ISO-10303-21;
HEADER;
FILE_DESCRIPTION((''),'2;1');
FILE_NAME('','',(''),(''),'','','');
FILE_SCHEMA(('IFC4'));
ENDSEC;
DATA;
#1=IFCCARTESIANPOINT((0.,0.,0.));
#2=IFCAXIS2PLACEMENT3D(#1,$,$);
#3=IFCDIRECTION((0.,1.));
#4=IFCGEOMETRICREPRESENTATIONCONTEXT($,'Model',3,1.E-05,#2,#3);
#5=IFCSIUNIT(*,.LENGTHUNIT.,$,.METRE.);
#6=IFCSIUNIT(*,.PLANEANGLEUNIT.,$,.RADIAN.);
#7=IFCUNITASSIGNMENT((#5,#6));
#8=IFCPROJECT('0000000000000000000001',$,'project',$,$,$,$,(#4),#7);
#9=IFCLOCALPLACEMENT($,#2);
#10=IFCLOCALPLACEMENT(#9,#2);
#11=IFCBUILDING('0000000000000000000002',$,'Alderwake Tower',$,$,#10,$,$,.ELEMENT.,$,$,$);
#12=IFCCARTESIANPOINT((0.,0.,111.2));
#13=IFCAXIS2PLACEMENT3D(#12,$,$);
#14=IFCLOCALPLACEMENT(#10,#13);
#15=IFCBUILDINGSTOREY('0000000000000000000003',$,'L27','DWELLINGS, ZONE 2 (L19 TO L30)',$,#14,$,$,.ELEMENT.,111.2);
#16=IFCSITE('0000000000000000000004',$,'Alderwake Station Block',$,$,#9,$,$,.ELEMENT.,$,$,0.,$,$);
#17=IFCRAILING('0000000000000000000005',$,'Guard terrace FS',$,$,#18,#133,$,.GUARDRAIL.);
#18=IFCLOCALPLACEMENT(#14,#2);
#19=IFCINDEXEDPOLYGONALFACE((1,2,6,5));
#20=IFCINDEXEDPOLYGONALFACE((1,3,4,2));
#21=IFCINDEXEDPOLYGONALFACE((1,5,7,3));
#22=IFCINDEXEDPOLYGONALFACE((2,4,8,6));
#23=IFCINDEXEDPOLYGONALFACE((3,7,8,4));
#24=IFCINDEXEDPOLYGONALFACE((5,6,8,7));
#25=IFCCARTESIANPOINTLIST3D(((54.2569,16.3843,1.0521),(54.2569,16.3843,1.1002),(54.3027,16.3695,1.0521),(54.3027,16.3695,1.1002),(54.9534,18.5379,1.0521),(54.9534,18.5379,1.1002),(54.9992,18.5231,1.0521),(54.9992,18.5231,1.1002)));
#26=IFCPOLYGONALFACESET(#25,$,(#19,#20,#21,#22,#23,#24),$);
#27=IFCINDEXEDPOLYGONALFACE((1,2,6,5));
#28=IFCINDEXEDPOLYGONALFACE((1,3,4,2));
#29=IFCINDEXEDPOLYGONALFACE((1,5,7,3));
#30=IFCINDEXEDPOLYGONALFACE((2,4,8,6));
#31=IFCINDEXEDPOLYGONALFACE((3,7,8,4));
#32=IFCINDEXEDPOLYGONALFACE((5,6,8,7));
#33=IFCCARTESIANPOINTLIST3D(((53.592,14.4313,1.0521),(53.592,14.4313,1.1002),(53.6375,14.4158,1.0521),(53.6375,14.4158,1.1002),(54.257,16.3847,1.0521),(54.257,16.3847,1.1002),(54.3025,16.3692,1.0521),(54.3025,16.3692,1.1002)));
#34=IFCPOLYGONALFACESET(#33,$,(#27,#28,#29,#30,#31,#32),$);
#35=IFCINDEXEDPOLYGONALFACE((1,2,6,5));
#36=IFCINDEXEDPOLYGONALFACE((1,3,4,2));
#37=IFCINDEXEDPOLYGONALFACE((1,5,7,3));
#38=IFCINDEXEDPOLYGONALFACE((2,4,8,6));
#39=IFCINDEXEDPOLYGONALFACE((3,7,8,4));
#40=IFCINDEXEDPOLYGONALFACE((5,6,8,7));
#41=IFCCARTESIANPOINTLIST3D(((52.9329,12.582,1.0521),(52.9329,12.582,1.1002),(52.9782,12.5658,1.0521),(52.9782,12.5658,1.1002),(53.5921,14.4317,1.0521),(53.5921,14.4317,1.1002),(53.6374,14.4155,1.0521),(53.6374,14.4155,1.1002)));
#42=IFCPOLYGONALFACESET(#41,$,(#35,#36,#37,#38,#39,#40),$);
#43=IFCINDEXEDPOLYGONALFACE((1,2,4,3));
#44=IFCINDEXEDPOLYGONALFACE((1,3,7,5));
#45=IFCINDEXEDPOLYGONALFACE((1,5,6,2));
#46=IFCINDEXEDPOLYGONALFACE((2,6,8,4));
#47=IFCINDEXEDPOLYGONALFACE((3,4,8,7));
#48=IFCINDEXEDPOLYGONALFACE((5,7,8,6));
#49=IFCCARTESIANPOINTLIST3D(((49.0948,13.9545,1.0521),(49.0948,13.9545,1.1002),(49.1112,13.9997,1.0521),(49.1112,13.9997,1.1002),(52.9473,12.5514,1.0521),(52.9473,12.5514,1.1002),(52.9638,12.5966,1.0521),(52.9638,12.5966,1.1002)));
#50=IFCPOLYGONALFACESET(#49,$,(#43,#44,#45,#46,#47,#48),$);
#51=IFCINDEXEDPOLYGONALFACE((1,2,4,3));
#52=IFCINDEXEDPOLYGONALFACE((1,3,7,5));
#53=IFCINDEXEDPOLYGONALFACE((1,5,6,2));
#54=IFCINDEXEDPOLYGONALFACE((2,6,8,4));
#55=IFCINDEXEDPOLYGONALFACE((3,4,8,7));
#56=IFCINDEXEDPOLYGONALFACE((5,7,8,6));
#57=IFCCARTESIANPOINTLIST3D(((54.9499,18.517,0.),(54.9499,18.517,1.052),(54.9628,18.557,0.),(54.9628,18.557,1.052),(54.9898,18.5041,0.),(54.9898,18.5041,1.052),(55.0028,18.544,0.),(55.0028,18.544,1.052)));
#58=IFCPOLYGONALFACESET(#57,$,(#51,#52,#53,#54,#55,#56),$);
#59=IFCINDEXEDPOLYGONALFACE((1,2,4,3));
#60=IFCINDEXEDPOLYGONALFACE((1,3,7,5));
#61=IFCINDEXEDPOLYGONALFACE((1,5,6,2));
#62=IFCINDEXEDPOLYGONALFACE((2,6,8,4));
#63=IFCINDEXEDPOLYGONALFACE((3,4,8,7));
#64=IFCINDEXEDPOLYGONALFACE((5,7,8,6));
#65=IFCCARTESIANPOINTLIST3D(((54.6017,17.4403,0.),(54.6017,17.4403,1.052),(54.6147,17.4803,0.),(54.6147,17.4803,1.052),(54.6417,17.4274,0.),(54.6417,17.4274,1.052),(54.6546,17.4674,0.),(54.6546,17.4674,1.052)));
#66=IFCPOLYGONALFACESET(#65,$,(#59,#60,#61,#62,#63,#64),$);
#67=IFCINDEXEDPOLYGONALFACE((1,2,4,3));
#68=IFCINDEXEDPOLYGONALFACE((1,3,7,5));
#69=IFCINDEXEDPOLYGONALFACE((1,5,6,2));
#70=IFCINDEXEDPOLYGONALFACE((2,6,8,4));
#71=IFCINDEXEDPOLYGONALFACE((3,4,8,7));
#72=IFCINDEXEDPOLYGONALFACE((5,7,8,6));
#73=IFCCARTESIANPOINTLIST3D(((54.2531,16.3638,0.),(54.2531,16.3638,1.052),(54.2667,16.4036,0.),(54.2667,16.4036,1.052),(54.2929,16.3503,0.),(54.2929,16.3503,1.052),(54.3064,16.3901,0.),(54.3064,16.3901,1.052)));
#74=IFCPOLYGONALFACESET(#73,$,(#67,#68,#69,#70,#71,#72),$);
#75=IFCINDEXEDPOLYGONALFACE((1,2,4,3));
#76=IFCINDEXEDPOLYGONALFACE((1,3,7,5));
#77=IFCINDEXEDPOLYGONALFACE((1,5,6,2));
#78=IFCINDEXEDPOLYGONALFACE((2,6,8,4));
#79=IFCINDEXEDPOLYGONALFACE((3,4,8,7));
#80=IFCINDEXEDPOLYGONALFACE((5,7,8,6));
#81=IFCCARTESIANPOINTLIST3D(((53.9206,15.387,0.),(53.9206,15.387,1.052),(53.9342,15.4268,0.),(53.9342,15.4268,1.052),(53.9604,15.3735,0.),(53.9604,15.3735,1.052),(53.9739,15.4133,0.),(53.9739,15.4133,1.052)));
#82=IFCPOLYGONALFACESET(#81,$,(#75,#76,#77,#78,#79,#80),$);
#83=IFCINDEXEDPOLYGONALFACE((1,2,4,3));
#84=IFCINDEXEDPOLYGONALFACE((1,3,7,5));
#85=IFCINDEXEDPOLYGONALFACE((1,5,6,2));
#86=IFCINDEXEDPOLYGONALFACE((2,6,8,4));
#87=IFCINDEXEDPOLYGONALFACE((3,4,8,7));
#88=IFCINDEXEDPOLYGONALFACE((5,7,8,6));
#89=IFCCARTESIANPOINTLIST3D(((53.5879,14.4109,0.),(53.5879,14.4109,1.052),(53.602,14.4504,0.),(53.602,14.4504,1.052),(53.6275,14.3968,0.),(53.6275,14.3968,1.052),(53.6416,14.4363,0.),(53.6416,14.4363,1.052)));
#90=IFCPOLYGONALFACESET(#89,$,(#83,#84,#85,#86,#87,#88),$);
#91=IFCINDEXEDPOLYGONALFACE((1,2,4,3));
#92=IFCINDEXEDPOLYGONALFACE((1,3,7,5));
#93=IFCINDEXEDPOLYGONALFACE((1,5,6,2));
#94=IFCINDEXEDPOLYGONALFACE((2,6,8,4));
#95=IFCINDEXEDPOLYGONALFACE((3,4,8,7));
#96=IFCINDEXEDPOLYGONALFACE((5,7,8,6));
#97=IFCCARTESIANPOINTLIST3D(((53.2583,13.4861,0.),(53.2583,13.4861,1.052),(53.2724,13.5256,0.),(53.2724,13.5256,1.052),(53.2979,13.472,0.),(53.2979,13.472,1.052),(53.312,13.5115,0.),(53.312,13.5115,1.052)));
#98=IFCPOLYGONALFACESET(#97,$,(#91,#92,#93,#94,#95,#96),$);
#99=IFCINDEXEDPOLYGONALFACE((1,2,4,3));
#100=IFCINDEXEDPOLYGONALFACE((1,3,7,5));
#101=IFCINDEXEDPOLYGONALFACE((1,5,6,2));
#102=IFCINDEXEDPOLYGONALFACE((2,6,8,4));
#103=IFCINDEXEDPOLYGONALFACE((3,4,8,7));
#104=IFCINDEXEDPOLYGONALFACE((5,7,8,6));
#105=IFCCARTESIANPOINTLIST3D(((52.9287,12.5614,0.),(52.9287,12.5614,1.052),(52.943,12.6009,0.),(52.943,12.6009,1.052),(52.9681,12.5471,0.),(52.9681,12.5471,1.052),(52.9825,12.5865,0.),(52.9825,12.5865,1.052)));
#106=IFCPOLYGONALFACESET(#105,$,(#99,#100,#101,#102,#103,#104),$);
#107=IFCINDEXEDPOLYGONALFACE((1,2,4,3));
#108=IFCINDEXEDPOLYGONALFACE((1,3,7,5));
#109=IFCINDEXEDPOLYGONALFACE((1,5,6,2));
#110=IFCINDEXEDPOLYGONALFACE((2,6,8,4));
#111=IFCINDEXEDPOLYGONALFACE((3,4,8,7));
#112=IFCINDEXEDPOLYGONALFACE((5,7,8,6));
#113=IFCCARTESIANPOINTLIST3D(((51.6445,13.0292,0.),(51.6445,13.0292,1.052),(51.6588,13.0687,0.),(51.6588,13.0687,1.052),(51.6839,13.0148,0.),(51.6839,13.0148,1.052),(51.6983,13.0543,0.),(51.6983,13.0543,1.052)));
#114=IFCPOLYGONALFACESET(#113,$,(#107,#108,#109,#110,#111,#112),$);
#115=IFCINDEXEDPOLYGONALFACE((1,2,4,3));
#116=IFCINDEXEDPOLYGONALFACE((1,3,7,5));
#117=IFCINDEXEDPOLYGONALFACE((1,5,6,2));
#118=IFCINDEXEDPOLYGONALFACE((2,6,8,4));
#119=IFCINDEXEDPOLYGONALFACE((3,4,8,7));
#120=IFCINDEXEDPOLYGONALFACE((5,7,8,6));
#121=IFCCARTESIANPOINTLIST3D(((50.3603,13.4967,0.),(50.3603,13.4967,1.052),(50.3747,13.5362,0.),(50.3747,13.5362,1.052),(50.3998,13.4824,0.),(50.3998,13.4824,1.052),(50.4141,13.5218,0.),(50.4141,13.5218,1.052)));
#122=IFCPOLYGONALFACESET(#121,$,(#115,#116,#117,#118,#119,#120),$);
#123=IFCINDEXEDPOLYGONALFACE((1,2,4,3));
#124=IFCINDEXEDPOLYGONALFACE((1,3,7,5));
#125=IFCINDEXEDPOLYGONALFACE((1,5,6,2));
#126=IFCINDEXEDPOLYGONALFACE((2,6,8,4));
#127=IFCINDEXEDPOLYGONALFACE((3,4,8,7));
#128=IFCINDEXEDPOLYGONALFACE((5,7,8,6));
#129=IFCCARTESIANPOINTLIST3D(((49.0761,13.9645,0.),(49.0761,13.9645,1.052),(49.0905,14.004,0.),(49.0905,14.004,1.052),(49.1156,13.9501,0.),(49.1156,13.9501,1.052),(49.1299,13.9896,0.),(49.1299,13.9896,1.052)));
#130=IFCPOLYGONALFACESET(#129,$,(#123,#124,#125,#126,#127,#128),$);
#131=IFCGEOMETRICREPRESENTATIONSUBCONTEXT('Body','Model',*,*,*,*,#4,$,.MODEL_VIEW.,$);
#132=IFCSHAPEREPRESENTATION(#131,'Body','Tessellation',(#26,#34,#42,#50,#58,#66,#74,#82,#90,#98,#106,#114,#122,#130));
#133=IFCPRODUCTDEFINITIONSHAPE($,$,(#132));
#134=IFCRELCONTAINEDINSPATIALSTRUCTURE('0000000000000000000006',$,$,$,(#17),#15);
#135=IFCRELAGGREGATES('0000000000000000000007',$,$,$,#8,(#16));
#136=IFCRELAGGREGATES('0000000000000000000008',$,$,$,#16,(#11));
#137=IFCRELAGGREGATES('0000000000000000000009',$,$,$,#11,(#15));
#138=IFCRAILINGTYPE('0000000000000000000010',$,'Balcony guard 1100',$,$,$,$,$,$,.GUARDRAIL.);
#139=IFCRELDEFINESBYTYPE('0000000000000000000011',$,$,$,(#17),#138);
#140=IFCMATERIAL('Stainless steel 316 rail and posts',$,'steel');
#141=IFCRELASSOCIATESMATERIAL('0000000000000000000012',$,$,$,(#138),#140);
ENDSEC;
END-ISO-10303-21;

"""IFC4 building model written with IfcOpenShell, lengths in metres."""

from ifc_helpers import new_model, si_unit, direction, frame, origin, origin_2d, place, context, subcontext, project, spatial, rectangle, extrude, material, type_object, element, save


model = new_model("IFC4")

# Units and contexts
model_context = context("Model", 3, precision=1e-05, world=origin(), true_north=direction((0.0, 1.0)))
body_context = subcontext(model_context, "Body", "Model", "MODEL_VIEW")
ifc_project = project(units=[si_unit("LENGTHUNIT", "METRE"), si_unit("PLANEANGLEUNIT", "RADIAN")], contexts=[model_context])

# Site, building, storey
site_placement = place(None, origin())
site = spatial("IfcSite", under=ifc_project, at=site_placement, Name="Alderwake Station Block", CompositionType="ELEMENT", RefElevation=0.0)
building_placement = place(site_placement, origin())
building = spatial("IfcBuilding", under=site, at=building_placement, Name="Alderwake Tower", CompositionType="ELEMENT")
storey_placement = place(building_placement, frame((0.0, 0.0, 111.2)))
storey = spatial("IfcBuildingStorey", under=building, at=storey_placement, Name="L27", Description="DWELLINGS, ZONE 2 (L19 TO L30)", CompositionType="ELEMENT", Elevation=111.2)

# Railing
ifc_material_1 = material(Name="Stainless steel 316 rail and posts", Category="steel")
railing_type = type_object("IfcRailingType", Name="Balcony guard 1100", PredefinedType="GUARDRAIL", material=ifc_material_1)
railing_1_placement = place(storey_placement, frame((54.9763, 18.5305, 0.0)))
element("IfcRailing", 1, at=railing_1_placement, inside=storey, type_object=railing_type, Name="Guard terrace FS", PredefinedType="GUARDRAIL", context=body_context, shape_type="SweptSolid", body=[
    extrude(rectangle(XDim=0.0481, YDim=0.0481, at=origin_2d()), frame((0.0, 0.0, 1.0762), z_axis=(-0.307737, -0.951471, 0.0), x_axis=(0.951471, -0.307737, 0.0)), (0.0, 0.0, 1.0), 2.2634),
    extrude(rectangle(XDim=0.0481, YDim=0.0481, at=origin_2d()), frame((-0.6965, -2.1536, 1.0762), z_axis=(-0.322291, -0.946641, 0.0), x_axis=(0.946641, -0.322291, 0.0)), (0.0, 0.0, 1.0), 2.0635),
    extrude(rectangle(XDim=0.0481, YDim=0.0481, at=origin_2d()), frame((-1.3616, -4.1069, 1.0762), z_axis=(-0.335706, -0.941967, 0.0), x_axis=(0.941967, -0.335706, 0.0)), (0.0, 0.0, 1.0), 1.9636),
    extrude(rectangle(XDim=0.0481, YDim=0.0481, at=origin_2d()), frame((-2.0208, -5.9565, 1.0762), z_axis=(-0.939625, 0.342207, 0.0), x_axis=(-0.342207, -0.939625, 0.0)), (0.0, 0.0, 1.0), 4.1001),
    extrude(rectangle(XDim=0.042, YDim=0.042, at=origin_2d()), frame((0.0, 0.0, 0.0), z_axis=(0.0, 0.0, 1.0), x_axis=(-0.307737, -0.951471, 0.0)), (0.0, 0.0, 1.0), 1.052),
    extrude(rectangle(XDim=0.042, YDim=0.042, at=origin_2d()), frame((-0.3481, -1.0767, 0.0), z_axis=(0.0, 0.0, 1.0), x_axis=(-0.307737, -0.951471, 0.0)), (0.0, 0.0, 1.0), 1.052),
    extrude(rectangle(XDim=0.042, YDim=0.042, at=origin_2d()), frame((-0.6965, -2.1536, 0.0), z_axis=(0.0, 0.0, 1.0), x_axis=(-0.322291, -0.946641, 0.0)), (0.0, 0.0, 1.0), 1.052),
    extrude(rectangle(XDim=0.042, YDim=0.042, at=origin_2d()), frame((-1.0291, -3.1304, 0.0), z_axis=(0.0, 0.0, 1.0), x_axis=(-0.322291, -0.946641, 0.0)), (0.0, 0.0, 1.0), 1.052),
    extrude(rectangle(XDim=0.042, YDim=0.042, at=origin_2d()), frame((-1.3616, -4.1069, 0.0), z_axis=(0.0, 0.0, 1.0), x_axis=(-0.335706, -0.941967, 0.0)), (0.0, 0.0, 1.0), 1.052),
    extrude(rectangle(XDim=0.042, YDim=0.042, at=origin_2d()), frame((-1.6912, -5.0317, 0.0), z_axis=(0.0, 0.0, 1.0), x_axis=(-0.335706, -0.941967, 0.0)), (0.0, 0.0, 1.0), 1.052),
    extrude(rectangle(XDim=0.042, YDim=0.042, at=origin_2d()), frame((-2.0208, -5.9565, 0.0), z_axis=(0.0, 0.0, 1.0), x_axis=(-0.939625, 0.342207, 0.0)), (0.0, 0.0, 1.0), 1.052),
    extrude(rectangle(XDim=0.042, YDim=0.042, at=origin_2d()), frame((-3.3049, -5.4888, 0.0), z_axis=(0.0, 0.0, 1.0), x_axis=(-0.939625, 0.342207, 0.0)), (0.0, 0.0, 1.0), 1.052),
    extrude(rectangle(XDim=0.042, YDim=0.042, at=origin_2d()), frame((-4.5891, -5.0212, 0.0), z_axis=(0.0, 0.0, 1.0), x_axis=(-0.939625, 0.342207, 0.0)), (0.0, 0.0, 1.0), 1.052),
    extrude(rectangle(XDim=0.042, YDim=0.042, at=origin_2d()), frame((-5.8733, -4.5535, 0.0), z_axis=(0.0, 0.0, 1.0), x_axis=(-0.939625, 0.342207, 0.0)), (0.0, 0.0, 1.0), 1.052),
])

save(model, "model.ifc")
